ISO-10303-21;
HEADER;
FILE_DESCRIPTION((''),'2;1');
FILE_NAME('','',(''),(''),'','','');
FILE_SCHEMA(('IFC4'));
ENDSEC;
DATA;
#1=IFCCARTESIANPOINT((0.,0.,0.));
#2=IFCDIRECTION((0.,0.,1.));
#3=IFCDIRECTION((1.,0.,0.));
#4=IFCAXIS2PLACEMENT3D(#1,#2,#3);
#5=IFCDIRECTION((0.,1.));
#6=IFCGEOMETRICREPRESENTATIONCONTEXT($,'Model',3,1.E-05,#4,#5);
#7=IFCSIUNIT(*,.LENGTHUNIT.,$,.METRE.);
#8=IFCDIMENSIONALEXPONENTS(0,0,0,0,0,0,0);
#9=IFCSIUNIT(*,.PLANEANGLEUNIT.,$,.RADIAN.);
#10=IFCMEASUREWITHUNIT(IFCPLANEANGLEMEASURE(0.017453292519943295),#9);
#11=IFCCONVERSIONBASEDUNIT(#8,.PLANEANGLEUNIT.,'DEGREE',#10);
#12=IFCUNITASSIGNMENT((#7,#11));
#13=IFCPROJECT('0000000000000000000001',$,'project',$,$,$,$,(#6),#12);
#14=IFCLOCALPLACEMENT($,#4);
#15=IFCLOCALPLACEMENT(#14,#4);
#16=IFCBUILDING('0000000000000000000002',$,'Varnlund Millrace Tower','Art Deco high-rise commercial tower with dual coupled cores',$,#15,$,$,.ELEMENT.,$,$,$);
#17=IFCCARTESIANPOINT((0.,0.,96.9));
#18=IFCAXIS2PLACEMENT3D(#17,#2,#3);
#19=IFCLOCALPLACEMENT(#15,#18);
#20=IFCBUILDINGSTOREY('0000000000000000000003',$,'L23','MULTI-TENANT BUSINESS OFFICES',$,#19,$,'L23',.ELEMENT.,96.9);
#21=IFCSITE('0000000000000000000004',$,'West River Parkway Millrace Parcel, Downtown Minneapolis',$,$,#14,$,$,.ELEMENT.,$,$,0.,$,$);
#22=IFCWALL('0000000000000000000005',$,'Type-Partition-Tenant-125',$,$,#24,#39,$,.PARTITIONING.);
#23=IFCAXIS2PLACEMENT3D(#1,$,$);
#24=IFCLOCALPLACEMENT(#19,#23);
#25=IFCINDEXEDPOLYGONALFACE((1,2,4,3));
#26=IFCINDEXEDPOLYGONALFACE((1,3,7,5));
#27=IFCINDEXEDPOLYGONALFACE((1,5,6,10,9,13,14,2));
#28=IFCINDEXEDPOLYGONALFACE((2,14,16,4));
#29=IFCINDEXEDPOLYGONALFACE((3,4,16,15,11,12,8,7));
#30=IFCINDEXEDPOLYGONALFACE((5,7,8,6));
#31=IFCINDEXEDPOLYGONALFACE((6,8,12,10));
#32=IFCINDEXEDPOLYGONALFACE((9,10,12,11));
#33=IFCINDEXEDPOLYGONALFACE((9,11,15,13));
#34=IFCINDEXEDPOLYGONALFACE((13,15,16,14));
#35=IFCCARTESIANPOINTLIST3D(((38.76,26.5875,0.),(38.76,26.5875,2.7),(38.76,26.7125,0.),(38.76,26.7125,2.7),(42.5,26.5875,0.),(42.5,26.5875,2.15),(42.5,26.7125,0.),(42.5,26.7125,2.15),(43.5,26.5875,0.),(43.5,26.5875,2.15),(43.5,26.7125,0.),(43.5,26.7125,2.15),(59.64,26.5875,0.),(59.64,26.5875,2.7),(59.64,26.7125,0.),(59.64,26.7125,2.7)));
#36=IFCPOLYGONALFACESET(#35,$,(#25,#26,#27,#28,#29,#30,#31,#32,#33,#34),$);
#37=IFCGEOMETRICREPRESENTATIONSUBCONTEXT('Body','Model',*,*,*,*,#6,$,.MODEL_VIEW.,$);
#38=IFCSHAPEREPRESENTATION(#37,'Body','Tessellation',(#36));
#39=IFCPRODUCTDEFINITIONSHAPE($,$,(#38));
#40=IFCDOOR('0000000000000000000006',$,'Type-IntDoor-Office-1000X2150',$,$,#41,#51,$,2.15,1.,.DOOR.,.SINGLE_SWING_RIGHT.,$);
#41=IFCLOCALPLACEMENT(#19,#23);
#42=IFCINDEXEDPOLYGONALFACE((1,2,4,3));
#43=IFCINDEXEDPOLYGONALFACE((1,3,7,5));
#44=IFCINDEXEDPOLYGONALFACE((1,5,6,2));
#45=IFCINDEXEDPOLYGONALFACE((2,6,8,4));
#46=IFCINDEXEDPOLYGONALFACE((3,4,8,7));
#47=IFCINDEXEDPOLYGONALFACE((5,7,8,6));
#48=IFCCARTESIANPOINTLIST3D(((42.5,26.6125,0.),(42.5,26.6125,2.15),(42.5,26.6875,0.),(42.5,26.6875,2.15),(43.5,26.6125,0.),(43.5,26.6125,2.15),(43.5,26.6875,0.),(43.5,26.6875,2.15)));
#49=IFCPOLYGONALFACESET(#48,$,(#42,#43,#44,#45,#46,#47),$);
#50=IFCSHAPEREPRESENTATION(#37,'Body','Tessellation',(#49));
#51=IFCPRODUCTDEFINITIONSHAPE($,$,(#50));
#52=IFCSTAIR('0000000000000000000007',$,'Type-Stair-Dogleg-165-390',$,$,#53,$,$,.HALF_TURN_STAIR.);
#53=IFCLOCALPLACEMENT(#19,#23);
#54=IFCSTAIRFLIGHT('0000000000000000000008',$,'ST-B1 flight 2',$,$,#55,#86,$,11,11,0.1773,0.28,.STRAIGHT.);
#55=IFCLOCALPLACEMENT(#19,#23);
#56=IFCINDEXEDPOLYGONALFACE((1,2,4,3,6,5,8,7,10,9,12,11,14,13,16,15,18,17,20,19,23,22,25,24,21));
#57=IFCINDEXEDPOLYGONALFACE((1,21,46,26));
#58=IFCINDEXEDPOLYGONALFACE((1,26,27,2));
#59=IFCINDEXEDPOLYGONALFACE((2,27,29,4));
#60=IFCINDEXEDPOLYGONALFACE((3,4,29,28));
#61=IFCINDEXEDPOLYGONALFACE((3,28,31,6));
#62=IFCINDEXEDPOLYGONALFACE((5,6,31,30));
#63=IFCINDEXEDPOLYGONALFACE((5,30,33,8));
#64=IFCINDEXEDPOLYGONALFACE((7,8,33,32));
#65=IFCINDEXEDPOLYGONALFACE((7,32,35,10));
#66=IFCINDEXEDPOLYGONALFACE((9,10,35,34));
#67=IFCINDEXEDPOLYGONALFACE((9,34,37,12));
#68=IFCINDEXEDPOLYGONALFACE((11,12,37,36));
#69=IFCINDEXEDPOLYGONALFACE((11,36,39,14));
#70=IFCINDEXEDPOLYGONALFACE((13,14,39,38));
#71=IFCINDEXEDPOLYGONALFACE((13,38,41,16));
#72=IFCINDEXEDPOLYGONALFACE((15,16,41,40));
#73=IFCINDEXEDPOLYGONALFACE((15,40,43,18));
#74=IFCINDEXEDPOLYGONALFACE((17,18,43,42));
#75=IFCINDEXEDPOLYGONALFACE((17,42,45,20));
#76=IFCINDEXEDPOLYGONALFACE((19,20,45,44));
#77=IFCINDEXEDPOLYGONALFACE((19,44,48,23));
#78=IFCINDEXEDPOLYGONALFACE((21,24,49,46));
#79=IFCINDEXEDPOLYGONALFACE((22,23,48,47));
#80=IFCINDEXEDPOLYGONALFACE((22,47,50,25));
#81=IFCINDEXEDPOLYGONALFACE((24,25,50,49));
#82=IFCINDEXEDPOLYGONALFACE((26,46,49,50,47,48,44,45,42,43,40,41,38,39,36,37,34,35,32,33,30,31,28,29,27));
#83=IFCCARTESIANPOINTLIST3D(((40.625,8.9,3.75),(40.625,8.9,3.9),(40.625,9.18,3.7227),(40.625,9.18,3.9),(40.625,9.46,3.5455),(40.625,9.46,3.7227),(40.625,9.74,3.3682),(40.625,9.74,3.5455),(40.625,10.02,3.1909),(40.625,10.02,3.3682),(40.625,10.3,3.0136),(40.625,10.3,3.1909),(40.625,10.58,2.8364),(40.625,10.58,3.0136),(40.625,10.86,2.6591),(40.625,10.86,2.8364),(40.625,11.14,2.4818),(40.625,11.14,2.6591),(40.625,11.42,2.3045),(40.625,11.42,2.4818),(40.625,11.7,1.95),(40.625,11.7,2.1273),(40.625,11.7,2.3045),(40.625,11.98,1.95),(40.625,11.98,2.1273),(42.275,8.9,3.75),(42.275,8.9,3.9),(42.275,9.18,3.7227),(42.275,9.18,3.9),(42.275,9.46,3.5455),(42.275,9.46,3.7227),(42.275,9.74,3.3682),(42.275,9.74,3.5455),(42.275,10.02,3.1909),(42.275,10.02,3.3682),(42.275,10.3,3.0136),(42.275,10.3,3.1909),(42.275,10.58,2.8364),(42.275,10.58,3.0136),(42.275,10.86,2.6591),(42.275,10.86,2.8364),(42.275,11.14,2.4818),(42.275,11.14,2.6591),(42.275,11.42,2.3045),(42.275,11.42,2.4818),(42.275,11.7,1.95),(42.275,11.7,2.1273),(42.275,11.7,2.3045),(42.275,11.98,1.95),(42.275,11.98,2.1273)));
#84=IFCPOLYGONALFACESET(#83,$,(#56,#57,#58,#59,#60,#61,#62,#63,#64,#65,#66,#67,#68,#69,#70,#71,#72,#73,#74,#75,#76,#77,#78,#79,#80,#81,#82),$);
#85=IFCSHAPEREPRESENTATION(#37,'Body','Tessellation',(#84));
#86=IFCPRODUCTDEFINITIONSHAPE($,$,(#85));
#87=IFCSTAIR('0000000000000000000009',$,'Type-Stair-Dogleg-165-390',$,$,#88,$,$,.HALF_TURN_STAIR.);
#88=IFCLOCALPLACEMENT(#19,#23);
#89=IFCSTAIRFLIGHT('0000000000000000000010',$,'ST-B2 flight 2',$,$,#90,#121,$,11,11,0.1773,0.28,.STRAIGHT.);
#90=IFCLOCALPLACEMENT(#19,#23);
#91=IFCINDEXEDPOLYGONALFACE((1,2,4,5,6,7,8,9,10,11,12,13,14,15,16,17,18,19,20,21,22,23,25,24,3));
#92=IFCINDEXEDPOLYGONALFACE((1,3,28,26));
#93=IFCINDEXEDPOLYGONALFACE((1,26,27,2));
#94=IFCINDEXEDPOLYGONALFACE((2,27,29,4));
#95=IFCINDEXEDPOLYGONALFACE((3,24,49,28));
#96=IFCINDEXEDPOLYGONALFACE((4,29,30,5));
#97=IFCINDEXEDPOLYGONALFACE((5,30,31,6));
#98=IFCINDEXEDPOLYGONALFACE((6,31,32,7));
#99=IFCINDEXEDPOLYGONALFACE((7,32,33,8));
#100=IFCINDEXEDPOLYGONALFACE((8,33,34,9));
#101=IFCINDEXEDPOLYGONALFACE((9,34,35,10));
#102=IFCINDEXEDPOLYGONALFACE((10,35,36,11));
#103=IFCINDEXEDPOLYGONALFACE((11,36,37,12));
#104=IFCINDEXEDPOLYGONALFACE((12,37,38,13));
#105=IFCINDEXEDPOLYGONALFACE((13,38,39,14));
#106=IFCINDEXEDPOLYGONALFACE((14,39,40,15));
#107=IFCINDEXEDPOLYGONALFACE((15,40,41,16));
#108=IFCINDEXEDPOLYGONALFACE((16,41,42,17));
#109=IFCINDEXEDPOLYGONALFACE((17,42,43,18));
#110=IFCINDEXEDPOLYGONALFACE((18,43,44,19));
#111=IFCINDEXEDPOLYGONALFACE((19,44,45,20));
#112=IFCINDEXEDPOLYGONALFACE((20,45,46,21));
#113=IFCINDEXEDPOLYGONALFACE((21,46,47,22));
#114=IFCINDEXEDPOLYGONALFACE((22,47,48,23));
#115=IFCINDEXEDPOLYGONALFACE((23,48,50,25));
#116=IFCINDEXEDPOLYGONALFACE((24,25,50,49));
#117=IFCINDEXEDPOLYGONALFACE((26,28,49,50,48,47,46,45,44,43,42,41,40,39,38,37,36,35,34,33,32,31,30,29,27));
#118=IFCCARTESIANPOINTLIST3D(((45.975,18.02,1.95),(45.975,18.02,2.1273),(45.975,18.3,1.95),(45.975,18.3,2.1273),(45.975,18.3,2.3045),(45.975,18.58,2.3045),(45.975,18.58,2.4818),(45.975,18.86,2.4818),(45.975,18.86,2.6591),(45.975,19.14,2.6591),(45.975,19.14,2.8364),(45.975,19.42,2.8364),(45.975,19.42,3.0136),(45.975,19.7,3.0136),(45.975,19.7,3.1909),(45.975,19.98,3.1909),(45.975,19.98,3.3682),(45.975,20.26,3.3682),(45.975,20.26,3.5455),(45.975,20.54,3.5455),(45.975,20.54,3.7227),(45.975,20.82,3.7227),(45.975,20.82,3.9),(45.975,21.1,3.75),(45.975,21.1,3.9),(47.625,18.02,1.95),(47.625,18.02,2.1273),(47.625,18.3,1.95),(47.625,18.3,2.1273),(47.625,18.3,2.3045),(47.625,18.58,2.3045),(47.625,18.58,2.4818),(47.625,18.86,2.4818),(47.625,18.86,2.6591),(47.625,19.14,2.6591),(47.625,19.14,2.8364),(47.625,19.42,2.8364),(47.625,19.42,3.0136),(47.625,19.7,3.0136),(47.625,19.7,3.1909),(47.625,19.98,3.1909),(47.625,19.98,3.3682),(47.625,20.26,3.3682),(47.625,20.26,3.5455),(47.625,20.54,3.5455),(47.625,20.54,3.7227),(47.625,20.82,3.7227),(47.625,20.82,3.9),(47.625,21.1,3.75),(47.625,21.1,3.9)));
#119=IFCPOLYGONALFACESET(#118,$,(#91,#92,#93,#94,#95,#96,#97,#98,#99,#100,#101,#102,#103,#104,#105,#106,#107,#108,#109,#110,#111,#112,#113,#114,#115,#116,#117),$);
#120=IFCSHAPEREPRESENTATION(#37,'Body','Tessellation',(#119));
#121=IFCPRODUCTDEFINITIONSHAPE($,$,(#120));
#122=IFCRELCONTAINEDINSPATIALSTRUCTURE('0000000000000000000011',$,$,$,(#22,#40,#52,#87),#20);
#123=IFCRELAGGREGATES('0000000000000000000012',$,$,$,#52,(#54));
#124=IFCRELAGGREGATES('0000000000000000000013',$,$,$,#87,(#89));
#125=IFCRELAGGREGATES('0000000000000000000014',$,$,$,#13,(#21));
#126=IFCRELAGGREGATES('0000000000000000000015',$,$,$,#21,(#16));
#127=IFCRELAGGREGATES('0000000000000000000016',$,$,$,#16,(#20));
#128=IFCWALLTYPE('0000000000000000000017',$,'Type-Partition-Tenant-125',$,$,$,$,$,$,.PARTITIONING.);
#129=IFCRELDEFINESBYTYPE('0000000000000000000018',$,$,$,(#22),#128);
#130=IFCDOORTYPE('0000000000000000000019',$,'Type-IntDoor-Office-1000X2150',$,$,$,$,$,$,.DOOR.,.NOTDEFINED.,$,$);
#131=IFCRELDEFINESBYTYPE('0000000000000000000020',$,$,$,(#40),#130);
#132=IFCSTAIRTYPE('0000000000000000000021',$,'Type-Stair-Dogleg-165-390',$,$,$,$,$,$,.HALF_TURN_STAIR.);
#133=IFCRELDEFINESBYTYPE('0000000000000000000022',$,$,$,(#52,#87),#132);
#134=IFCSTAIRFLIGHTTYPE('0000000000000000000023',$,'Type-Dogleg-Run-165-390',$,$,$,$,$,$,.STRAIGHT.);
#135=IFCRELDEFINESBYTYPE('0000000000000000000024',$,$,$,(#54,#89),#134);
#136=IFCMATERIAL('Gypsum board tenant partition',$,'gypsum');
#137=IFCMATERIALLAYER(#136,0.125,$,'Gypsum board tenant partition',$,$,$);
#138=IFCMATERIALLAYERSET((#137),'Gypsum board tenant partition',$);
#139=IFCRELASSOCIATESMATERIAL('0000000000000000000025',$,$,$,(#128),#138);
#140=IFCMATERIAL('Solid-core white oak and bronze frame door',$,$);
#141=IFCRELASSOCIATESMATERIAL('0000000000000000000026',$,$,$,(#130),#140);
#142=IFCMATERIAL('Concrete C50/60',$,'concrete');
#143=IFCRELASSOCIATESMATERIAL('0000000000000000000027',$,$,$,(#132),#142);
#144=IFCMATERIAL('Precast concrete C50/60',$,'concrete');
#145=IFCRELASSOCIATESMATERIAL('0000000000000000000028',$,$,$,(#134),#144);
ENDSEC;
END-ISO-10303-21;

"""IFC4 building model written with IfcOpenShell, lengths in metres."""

from ifc_helpers import new_model, entity, si_unit, converted_unit, direction, frame, origin_with_axes, origin_2d_with_axis, place, context, subcontext, project, spatial, polyline, rectangle, outline, extrude, material, layer, layer_set, type_object, element, fill, aggregate, save


model = new_model("IFC4")

# Units and contexts
model_context = context("Model", 3, precision=1e-05, world=origin_with_axes(), true_north=direction((0.0, 1.0)))
body_context = subcontext(model_context, "Body", "Model", "MODEL_VIEW")
ifc_project = project(units=[si_unit("LENGTHUNIT", "METRE"), converted_unit("PLANEANGLEUNIT", "DEGREE", entity("IfcPlaneAngleMeasure", 0.017453292519943295), si_unit("PLANEANGLEUNIT", "RADIAN"), dimensions=[0, 0, 0, 0, 0, 0, 0])], contexts=[model_context])

# Site, building, storey
site_placement = place(None, origin_with_axes())
site = spatial("IfcSite", under=ifc_project, at=site_placement, Name="West River Parkway Millrace Parcel, Downtown Minneapolis", CompositionType="ELEMENT", RefElevation=0.0)
building_placement = place(site_placement, origin_with_axes())
building = spatial("IfcBuilding", under=site, at=building_placement, Name="Varnlund Millrace Tower", Description="Art Deco high-rise commercial tower with dual coupled cores", CompositionType="ELEMENT")
storey_placement = place(building_placement, frame((0.0, 0.0, 96.9), z_axis=(0.0, 0.0, 1.0), x_axis=(1.0, 0.0, 0.0)))
storey = spatial("IfcBuildingStorey", under=building, at=storey_placement, Name="L23", Description="MULTI-TENANT BUSINESS OFFICES", LongName="L23", CompositionType="ELEMENT", Elevation=96.9)

# Shared definitions
ifc_material_1 = material(Name="Precast concrete C50/60", Category="concrete")

# Wall, opening, door
ifc_material_2 = material(Name="Gypsum board tenant partition", Category="gypsum")
ifc_layer_1 = layer(ifc_material_2, 0.125, Name="Gypsum board tenant partition")
ifc_layer_set_1 = layer_set([ifc_layer_1], Name="Gypsum board tenant partition")
wall_type_1 = type_object("IfcWallType", Name="Type-Partition-Tenant-125", PredefinedType="PARTITIONING", material=ifc_layer_set_1)
wall_1_placement = place(storey_placement, frame((38.76, 26.65, 0.0), z_axis=(0.0, 0.0, 1.0), x_axis=(1.0, 0.0, 0.0)))
wall_1 = element("IfcWall", 1, at=wall_1_placement, inside=storey, type_object=wall_type_1, Name="Type-Partition-Tenant-125", PredefinedType="PARTITIONING", context=body_context, shape_type="SweptSolid", body=[
    extrude(outline(polyline([(0.0, -0.0625), (20.88, -0.0625), (20.88, 0.0625), (0.0, 0.0625), (0.0, -0.0625)])), origin_with_axes(), (0.0, 0.0, 1.0), 2.7),
])
opening_1_placement = place(wall_1_placement, frame((4.24, 0.0, 0.0), z_axis=(0.0, 0.0, 1.0), x_axis=(1.0, 0.0, 0.0)))
opening_1 = element("IfcOpeningElement", 2, at=opening_1_placement, cuts=wall_1, PredefinedType="OPENING", context=body_context, shape_type="SweptSolid", body=[
    extrude(rectangle(XDim=1.0, YDim=0.145, at=origin_2d_with_axis()), origin_with_axes(), (0.0, 0.0, 1.0), 2.15),
])
ifc_material_3 = material(Name="Solid-core white oak and bronze frame door")
door_type = type_object("IfcDoorType", Name="Type-IntDoor-Office-1000X2150", OperationType="NOTDEFINED", PredefinedType="DOOR", material=ifc_material_3)
door_placement = place(wall_1_placement, frame((4.24, 0.0, 0.0), z_axis=(0.0, 0.0, 1.0), x_axis=(1.0, 0.0, 0.0)))
door = element("IfcDoor", 3, at=door_placement, inside=storey, type_object=door_type, Name="Type-IntDoor-Office-1000X2150", OperationType="SINGLE_SWING_RIGHT", OverallHeight=2.15, OverallWidth=1.0, PredefinedType="DOOR", context=body_context, shape_type="SweptSolid", body=[
    extrude(rectangle(XDim=1.0, YDim=0.075, at=origin_2d_with_axis()), origin_with_axes(), (0.0, 0.0, 1.0), 2.15),
])
fill(opening_1, door)

# Stairs, stair flights
ifc_material_4 = material(Name="Concrete C50/60", Category="concrete")
stair_type = type_object("IfcStairType", Name="Type-Stair-Dogleg-165-390", PredefinedType="HALF_TURN_STAIR", material=ifc_material_4)
stair_1_placement = place(storey_placement, origin_with_axes())
stair_1 = element("IfcStair", 4, at=stair_1_placement, inside=storey, type_object=stair_type, Name="Type-Stair-Dogleg-165-390", PredefinedType="HALF_TURN_STAIR")
stair_flight_type = type_object("IfcStairFlightType", Name="Type-Dogleg-Run-165-390", PredefinedType="STRAIGHT", material=ifc_material_1)
stair_flight_1_placement = place(storey_placement, frame((42.275, 11.98, 1.95), z_axis=(-1.0, 0.0, 0.0), x_axis=(0.0, -1.0, 0.0)))
stair_flight_1 = element("IfcStairFlight", 5, at=stair_flight_1_placement, type_object=stair_flight_type, Name="ST-B1 flight 2", NumberOfRisers=11, NumberOfTreads=11, PredefinedType="STRAIGHT", RiserHeight=0.1773, TreadLength=0.28, context=body_context, shape_type="SweptSolid", body=[
    extrude(outline(polyline([(0.0, 0.0), (0.0, 0.1773), (0.28, 0.1773), (0.28, 0.3545), (0.56, 0.3545), (0.56, 0.5318), (0.84, 0.5318), (0.84, 0.7091), (1.12, 0.7091), (1.12, 0.8864), (1.4, 0.8864), (1.4, 1.0636), (1.68, 1.0636), (1.68, 1.2409), (1.96, 1.2409), (1.96, 1.4182), (2.24, 1.4182), (2.24, 1.5955), (2.52, 1.5955), (2.52, 1.7727), (2.8, 1.7727), (2.8, 1.95), (3.08, 1.95), (3.08, 1.8), (0.28, 0.0), (0.0, 0.0)])), origin_with_axes(), (0.0, 0.0, 1.0), 1.65),
])
aggregate(stair_1, [stair_flight_1])
stair_2_placement = place(storey_placement, origin_with_axes())
stair_2 = element("IfcStair", 6, at=stair_2_placement, inside=storey, type_object=stair_type, Name="Type-Stair-Dogleg-165-390", PredefinedType="HALF_TURN_STAIR")
stair_flight_2_placement = place(storey_placement, frame((45.975, 18.02, 1.95), z_axis=(1.0, 0.0, 0.0), x_axis=(0.0, 1.0, 0.0)))
stair_flight_2 = element("IfcStairFlight", 7, at=stair_flight_2_placement, type_object=stair_flight_type, Name="ST-B2 flight 2", NumberOfRisers=11, NumberOfTreads=11, PredefinedType="STRAIGHT", RiserHeight=0.1773, TreadLength=0.28, context=body_context, shape_type="SweptSolid", body=[
    extrude(outline(polyline([(0.0, 0.0), (0.0, 0.1773), (0.28, 0.1773), (0.28, 0.3545), (0.56, 0.3545), (0.56, 0.5318), (0.84, 0.5318), (0.84, 0.7091), (1.12, 0.7091), (1.12, 0.8864), (1.4, 0.8864), (1.4, 1.0636), (1.68, 1.0636), (1.68, 1.2409), (1.96, 1.2409), (1.96, 1.4182), (2.24, 1.4182), (2.24, 1.5955), (2.52, 1.5955), (2.52, 1.7727), (2.8, 1.7727), (2.8, 1.95), (3.08, 1.95), (3.08, 1.8), (0.28, 0.0), (0.0, 0.0)])), origin_with_axes(), (0.0, 0.0, 1.0), 1.65),
])
aggregate(stair_2, [stair_flight_2])

save(model, "model.ifc")
